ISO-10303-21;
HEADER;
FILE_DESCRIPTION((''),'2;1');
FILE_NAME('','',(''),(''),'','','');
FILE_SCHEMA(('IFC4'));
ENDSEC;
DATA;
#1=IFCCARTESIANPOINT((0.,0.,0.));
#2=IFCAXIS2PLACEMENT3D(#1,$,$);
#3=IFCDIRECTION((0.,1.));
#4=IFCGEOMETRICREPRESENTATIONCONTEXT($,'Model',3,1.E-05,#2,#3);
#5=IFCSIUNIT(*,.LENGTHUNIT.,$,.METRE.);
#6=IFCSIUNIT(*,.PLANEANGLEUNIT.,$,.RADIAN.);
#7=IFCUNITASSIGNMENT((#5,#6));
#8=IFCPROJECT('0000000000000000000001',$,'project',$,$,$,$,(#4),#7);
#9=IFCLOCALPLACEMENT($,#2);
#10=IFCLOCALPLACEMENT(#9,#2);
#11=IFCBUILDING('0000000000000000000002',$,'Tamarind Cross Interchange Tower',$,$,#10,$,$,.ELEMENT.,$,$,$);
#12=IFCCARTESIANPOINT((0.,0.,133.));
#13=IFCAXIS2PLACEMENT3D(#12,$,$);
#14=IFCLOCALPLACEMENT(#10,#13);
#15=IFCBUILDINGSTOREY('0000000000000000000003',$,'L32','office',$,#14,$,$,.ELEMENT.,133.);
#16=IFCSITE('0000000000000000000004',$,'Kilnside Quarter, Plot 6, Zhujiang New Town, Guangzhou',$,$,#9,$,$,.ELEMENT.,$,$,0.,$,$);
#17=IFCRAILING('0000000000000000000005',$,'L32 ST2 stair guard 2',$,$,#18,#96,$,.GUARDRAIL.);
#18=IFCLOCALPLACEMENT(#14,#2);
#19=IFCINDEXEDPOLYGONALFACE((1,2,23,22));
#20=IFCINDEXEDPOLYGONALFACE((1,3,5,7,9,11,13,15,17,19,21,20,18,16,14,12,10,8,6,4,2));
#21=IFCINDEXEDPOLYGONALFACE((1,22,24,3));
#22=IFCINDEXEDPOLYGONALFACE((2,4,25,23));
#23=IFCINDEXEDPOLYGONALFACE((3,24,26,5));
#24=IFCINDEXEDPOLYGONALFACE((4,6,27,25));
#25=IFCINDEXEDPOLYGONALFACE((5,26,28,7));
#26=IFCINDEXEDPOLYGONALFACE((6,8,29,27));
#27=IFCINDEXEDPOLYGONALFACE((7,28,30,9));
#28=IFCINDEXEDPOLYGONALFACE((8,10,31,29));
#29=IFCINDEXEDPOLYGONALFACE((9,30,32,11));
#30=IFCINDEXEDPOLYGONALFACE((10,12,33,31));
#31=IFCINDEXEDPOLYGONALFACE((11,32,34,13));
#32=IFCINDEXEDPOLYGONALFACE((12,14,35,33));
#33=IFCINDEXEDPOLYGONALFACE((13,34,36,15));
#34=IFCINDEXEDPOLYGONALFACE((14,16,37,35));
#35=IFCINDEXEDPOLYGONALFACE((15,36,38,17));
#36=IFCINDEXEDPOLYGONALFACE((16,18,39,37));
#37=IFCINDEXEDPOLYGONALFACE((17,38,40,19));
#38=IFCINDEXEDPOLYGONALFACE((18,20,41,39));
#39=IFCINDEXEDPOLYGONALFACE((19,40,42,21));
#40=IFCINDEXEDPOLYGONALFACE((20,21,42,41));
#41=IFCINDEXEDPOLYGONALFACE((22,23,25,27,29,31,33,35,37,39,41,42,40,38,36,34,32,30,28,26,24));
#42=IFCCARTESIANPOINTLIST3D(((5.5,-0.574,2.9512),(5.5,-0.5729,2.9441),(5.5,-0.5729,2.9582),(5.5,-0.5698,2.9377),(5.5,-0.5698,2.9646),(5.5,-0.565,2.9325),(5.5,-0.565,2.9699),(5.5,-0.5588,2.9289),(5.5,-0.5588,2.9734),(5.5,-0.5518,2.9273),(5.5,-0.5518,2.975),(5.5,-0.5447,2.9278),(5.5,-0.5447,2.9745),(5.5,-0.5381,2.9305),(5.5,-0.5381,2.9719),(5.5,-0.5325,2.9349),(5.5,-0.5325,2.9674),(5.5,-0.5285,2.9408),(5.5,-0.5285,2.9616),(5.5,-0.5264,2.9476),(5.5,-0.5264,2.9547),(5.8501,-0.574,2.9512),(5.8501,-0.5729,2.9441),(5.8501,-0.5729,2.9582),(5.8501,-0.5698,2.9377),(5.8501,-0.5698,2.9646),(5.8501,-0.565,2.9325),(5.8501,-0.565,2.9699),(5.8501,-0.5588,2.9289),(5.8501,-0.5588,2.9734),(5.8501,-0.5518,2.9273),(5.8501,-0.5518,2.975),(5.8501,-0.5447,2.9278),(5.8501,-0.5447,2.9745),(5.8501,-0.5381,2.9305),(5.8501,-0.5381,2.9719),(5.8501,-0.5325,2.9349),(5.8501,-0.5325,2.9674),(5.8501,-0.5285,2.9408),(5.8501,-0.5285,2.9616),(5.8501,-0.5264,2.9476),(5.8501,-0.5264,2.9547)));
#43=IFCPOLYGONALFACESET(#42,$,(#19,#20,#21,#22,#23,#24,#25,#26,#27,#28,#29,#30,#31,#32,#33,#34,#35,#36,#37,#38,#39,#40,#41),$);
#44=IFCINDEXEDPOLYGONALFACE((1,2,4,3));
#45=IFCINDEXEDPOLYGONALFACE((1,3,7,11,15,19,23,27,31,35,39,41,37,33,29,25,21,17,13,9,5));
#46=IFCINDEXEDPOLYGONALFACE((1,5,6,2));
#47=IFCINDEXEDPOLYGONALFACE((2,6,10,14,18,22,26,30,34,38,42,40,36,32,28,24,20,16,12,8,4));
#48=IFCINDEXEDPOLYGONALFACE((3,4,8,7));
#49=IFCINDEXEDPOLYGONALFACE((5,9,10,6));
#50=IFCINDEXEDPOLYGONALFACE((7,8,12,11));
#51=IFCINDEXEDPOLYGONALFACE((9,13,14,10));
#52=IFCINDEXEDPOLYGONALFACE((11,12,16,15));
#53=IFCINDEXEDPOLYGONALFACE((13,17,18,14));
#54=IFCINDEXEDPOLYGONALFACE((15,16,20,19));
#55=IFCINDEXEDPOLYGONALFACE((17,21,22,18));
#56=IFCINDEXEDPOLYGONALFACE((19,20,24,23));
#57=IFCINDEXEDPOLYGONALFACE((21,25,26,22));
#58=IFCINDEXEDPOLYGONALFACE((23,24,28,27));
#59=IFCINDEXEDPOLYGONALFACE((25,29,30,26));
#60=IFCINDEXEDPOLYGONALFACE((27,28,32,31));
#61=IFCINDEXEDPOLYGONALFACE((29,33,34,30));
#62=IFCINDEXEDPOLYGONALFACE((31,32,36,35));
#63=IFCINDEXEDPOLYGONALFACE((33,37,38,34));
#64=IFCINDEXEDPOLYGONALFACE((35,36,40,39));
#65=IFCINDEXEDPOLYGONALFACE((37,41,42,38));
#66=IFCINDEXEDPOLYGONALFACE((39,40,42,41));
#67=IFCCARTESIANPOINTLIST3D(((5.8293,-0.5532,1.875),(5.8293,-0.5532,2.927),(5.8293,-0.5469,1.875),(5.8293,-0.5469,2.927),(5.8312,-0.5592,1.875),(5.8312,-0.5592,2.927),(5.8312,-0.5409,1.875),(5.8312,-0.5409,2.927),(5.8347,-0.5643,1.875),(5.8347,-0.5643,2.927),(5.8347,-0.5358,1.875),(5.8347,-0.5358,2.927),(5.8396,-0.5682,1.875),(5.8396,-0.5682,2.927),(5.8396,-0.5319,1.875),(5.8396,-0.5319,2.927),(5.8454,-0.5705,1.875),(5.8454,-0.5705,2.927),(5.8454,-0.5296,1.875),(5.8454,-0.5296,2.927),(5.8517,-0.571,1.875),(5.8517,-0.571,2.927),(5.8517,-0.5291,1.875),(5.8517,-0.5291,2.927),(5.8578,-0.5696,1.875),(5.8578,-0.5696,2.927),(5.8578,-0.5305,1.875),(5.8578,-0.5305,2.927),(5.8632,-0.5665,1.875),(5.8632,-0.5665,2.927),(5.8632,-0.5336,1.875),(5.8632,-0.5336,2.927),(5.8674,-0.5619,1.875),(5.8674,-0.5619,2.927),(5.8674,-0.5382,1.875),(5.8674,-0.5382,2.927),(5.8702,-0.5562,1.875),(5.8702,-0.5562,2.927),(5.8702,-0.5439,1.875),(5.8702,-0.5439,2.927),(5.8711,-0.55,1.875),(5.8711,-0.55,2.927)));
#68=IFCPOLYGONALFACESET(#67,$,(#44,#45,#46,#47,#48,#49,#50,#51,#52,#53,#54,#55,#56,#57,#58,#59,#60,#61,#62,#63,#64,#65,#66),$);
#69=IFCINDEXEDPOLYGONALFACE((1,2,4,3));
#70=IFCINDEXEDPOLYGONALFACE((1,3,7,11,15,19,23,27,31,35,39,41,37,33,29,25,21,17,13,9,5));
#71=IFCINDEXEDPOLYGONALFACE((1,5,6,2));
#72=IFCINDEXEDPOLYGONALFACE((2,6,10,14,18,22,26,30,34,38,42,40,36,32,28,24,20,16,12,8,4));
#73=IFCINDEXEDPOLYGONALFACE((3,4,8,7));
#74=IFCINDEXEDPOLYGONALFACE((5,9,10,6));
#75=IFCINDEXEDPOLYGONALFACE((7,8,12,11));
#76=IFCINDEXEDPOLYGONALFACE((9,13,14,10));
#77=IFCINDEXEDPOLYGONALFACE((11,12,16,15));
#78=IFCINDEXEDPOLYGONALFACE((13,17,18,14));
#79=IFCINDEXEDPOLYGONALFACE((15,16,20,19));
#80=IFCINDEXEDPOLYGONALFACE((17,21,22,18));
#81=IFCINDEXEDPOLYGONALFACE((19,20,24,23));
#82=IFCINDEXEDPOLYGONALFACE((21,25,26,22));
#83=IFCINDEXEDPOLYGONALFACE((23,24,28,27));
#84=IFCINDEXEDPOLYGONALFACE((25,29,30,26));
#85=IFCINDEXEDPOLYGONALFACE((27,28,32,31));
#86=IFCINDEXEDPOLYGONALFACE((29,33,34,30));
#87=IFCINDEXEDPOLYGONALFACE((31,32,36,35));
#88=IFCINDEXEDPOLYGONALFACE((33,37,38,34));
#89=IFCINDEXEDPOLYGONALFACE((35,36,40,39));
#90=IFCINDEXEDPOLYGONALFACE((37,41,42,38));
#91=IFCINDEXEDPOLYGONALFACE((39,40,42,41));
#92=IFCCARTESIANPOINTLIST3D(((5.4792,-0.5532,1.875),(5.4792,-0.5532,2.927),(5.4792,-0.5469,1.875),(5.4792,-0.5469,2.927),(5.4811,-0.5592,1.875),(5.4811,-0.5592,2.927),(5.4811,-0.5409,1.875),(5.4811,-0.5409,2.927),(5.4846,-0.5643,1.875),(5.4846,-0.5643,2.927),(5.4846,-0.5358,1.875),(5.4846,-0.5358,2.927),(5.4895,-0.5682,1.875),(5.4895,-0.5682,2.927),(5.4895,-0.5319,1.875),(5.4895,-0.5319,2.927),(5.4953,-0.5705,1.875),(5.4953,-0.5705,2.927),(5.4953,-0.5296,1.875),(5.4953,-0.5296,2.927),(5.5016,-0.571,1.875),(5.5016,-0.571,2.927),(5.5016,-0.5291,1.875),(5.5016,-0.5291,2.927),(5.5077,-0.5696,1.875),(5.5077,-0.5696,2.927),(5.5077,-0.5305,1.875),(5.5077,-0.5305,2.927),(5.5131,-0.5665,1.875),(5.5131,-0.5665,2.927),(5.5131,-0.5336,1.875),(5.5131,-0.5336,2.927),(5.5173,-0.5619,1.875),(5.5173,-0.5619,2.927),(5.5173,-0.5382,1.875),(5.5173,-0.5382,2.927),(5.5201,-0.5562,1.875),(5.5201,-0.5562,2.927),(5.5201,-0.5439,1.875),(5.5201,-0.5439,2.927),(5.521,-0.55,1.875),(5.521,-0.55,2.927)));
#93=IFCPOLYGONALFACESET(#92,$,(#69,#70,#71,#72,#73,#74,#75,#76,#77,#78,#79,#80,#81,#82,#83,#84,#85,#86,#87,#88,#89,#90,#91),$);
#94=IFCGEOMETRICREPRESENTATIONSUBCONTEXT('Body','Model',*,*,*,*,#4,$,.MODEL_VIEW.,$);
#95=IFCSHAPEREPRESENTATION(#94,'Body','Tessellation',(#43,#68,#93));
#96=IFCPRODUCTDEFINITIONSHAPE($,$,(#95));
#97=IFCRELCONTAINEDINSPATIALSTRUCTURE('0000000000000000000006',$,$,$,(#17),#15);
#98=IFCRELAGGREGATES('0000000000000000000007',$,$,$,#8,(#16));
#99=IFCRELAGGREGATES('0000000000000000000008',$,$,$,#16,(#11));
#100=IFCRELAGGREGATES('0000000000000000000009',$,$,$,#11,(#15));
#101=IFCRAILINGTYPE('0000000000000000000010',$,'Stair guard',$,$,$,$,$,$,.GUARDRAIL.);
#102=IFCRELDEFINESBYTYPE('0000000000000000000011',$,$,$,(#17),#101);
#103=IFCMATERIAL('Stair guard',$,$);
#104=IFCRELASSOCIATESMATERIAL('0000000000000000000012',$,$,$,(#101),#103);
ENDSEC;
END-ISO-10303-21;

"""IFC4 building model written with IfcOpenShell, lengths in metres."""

from ifc_helpers import new_model, si_unit, direction, frame, origin, origin_2d, place, context, subcontext, project, spatial, circle, extrude, material, type_object, element, save


model = new_model("IFC4")

# Units and contexts
model_context = context("Model", 3, precision=1e-05, world=origin(), true_north=direction((0.0, 1.0)))
body_context = subcontext(model_context, "Body", "Model", "MODEL_VIEW")
ifc_project = project(units=[si_unit("LENGTHUNIT", "METRE"), si_unit("PLANEANGLEUNIT", "RADIAN")], contexts=[model_context])

# Site, building, storey
site_placement = place(None, origin())
site = spatial("IfcSite", under=ifc_project, at=site_placement, Name="Kilnside Quarter, Plot 6, Zhujiang New Town, Guangzhou", CompositionType="ELEMENT", RefElevation=0.0)
building_placement = place(site_placement, origin())
building = spatial("IfcBuilding", under=site, at=building_placement, Name="Tamarind Cross Interchange Tower", CompositionType="ELEMENT")
storey_placement = place(building_placement, frame((0.0, 0.0, 133.0)))
storey = spatial("IfcBuildingStorey", under=building, at=storey_placement, Name="L32", Description="office", CompositionType="ELEMENT", Elevation=133.0)

# Railing
ifc_material_1 = material(Name="Stair guard")
railing_type_1 = type_object("IfcRailingType", Name="Stair guard", PredefinedType="GUARDRAIL", material=ifc_material_1)
railing_1_placement = place(storey_placement, frame((5.8501, -0.55, 1.875)))
element("IfcRailing", 1, at=railing_1_placement, inside=storey, type_object=railing_type_1, Name="L32 ST2 stair guard 2", PredefinedType="GUARDRAIL", context=body_context, shape_type="SweptSolid", body=[
    extrude(circle(Radius=0.0239, at=origin_2d()), frame((0.0, 0.0, 1.0762), z_axis=(-1.0, 0.0, 0.0), x_axis=(0.0, -1.0, 0.0)), (0.0, 0.0, 1.0), 0.3501),
    extrude(circle(Radius=0.021, at=origin_2d()), origin(), (0.0, 0.0, 1.0), 1.052),
    extrude(circle(Radius=0.021, at=origin_2d()), frame((-0.3501, 0.0, 0.0)), (0.0, 0.0, 1.0), 1.052),
])

save(model, "model.ifc")
